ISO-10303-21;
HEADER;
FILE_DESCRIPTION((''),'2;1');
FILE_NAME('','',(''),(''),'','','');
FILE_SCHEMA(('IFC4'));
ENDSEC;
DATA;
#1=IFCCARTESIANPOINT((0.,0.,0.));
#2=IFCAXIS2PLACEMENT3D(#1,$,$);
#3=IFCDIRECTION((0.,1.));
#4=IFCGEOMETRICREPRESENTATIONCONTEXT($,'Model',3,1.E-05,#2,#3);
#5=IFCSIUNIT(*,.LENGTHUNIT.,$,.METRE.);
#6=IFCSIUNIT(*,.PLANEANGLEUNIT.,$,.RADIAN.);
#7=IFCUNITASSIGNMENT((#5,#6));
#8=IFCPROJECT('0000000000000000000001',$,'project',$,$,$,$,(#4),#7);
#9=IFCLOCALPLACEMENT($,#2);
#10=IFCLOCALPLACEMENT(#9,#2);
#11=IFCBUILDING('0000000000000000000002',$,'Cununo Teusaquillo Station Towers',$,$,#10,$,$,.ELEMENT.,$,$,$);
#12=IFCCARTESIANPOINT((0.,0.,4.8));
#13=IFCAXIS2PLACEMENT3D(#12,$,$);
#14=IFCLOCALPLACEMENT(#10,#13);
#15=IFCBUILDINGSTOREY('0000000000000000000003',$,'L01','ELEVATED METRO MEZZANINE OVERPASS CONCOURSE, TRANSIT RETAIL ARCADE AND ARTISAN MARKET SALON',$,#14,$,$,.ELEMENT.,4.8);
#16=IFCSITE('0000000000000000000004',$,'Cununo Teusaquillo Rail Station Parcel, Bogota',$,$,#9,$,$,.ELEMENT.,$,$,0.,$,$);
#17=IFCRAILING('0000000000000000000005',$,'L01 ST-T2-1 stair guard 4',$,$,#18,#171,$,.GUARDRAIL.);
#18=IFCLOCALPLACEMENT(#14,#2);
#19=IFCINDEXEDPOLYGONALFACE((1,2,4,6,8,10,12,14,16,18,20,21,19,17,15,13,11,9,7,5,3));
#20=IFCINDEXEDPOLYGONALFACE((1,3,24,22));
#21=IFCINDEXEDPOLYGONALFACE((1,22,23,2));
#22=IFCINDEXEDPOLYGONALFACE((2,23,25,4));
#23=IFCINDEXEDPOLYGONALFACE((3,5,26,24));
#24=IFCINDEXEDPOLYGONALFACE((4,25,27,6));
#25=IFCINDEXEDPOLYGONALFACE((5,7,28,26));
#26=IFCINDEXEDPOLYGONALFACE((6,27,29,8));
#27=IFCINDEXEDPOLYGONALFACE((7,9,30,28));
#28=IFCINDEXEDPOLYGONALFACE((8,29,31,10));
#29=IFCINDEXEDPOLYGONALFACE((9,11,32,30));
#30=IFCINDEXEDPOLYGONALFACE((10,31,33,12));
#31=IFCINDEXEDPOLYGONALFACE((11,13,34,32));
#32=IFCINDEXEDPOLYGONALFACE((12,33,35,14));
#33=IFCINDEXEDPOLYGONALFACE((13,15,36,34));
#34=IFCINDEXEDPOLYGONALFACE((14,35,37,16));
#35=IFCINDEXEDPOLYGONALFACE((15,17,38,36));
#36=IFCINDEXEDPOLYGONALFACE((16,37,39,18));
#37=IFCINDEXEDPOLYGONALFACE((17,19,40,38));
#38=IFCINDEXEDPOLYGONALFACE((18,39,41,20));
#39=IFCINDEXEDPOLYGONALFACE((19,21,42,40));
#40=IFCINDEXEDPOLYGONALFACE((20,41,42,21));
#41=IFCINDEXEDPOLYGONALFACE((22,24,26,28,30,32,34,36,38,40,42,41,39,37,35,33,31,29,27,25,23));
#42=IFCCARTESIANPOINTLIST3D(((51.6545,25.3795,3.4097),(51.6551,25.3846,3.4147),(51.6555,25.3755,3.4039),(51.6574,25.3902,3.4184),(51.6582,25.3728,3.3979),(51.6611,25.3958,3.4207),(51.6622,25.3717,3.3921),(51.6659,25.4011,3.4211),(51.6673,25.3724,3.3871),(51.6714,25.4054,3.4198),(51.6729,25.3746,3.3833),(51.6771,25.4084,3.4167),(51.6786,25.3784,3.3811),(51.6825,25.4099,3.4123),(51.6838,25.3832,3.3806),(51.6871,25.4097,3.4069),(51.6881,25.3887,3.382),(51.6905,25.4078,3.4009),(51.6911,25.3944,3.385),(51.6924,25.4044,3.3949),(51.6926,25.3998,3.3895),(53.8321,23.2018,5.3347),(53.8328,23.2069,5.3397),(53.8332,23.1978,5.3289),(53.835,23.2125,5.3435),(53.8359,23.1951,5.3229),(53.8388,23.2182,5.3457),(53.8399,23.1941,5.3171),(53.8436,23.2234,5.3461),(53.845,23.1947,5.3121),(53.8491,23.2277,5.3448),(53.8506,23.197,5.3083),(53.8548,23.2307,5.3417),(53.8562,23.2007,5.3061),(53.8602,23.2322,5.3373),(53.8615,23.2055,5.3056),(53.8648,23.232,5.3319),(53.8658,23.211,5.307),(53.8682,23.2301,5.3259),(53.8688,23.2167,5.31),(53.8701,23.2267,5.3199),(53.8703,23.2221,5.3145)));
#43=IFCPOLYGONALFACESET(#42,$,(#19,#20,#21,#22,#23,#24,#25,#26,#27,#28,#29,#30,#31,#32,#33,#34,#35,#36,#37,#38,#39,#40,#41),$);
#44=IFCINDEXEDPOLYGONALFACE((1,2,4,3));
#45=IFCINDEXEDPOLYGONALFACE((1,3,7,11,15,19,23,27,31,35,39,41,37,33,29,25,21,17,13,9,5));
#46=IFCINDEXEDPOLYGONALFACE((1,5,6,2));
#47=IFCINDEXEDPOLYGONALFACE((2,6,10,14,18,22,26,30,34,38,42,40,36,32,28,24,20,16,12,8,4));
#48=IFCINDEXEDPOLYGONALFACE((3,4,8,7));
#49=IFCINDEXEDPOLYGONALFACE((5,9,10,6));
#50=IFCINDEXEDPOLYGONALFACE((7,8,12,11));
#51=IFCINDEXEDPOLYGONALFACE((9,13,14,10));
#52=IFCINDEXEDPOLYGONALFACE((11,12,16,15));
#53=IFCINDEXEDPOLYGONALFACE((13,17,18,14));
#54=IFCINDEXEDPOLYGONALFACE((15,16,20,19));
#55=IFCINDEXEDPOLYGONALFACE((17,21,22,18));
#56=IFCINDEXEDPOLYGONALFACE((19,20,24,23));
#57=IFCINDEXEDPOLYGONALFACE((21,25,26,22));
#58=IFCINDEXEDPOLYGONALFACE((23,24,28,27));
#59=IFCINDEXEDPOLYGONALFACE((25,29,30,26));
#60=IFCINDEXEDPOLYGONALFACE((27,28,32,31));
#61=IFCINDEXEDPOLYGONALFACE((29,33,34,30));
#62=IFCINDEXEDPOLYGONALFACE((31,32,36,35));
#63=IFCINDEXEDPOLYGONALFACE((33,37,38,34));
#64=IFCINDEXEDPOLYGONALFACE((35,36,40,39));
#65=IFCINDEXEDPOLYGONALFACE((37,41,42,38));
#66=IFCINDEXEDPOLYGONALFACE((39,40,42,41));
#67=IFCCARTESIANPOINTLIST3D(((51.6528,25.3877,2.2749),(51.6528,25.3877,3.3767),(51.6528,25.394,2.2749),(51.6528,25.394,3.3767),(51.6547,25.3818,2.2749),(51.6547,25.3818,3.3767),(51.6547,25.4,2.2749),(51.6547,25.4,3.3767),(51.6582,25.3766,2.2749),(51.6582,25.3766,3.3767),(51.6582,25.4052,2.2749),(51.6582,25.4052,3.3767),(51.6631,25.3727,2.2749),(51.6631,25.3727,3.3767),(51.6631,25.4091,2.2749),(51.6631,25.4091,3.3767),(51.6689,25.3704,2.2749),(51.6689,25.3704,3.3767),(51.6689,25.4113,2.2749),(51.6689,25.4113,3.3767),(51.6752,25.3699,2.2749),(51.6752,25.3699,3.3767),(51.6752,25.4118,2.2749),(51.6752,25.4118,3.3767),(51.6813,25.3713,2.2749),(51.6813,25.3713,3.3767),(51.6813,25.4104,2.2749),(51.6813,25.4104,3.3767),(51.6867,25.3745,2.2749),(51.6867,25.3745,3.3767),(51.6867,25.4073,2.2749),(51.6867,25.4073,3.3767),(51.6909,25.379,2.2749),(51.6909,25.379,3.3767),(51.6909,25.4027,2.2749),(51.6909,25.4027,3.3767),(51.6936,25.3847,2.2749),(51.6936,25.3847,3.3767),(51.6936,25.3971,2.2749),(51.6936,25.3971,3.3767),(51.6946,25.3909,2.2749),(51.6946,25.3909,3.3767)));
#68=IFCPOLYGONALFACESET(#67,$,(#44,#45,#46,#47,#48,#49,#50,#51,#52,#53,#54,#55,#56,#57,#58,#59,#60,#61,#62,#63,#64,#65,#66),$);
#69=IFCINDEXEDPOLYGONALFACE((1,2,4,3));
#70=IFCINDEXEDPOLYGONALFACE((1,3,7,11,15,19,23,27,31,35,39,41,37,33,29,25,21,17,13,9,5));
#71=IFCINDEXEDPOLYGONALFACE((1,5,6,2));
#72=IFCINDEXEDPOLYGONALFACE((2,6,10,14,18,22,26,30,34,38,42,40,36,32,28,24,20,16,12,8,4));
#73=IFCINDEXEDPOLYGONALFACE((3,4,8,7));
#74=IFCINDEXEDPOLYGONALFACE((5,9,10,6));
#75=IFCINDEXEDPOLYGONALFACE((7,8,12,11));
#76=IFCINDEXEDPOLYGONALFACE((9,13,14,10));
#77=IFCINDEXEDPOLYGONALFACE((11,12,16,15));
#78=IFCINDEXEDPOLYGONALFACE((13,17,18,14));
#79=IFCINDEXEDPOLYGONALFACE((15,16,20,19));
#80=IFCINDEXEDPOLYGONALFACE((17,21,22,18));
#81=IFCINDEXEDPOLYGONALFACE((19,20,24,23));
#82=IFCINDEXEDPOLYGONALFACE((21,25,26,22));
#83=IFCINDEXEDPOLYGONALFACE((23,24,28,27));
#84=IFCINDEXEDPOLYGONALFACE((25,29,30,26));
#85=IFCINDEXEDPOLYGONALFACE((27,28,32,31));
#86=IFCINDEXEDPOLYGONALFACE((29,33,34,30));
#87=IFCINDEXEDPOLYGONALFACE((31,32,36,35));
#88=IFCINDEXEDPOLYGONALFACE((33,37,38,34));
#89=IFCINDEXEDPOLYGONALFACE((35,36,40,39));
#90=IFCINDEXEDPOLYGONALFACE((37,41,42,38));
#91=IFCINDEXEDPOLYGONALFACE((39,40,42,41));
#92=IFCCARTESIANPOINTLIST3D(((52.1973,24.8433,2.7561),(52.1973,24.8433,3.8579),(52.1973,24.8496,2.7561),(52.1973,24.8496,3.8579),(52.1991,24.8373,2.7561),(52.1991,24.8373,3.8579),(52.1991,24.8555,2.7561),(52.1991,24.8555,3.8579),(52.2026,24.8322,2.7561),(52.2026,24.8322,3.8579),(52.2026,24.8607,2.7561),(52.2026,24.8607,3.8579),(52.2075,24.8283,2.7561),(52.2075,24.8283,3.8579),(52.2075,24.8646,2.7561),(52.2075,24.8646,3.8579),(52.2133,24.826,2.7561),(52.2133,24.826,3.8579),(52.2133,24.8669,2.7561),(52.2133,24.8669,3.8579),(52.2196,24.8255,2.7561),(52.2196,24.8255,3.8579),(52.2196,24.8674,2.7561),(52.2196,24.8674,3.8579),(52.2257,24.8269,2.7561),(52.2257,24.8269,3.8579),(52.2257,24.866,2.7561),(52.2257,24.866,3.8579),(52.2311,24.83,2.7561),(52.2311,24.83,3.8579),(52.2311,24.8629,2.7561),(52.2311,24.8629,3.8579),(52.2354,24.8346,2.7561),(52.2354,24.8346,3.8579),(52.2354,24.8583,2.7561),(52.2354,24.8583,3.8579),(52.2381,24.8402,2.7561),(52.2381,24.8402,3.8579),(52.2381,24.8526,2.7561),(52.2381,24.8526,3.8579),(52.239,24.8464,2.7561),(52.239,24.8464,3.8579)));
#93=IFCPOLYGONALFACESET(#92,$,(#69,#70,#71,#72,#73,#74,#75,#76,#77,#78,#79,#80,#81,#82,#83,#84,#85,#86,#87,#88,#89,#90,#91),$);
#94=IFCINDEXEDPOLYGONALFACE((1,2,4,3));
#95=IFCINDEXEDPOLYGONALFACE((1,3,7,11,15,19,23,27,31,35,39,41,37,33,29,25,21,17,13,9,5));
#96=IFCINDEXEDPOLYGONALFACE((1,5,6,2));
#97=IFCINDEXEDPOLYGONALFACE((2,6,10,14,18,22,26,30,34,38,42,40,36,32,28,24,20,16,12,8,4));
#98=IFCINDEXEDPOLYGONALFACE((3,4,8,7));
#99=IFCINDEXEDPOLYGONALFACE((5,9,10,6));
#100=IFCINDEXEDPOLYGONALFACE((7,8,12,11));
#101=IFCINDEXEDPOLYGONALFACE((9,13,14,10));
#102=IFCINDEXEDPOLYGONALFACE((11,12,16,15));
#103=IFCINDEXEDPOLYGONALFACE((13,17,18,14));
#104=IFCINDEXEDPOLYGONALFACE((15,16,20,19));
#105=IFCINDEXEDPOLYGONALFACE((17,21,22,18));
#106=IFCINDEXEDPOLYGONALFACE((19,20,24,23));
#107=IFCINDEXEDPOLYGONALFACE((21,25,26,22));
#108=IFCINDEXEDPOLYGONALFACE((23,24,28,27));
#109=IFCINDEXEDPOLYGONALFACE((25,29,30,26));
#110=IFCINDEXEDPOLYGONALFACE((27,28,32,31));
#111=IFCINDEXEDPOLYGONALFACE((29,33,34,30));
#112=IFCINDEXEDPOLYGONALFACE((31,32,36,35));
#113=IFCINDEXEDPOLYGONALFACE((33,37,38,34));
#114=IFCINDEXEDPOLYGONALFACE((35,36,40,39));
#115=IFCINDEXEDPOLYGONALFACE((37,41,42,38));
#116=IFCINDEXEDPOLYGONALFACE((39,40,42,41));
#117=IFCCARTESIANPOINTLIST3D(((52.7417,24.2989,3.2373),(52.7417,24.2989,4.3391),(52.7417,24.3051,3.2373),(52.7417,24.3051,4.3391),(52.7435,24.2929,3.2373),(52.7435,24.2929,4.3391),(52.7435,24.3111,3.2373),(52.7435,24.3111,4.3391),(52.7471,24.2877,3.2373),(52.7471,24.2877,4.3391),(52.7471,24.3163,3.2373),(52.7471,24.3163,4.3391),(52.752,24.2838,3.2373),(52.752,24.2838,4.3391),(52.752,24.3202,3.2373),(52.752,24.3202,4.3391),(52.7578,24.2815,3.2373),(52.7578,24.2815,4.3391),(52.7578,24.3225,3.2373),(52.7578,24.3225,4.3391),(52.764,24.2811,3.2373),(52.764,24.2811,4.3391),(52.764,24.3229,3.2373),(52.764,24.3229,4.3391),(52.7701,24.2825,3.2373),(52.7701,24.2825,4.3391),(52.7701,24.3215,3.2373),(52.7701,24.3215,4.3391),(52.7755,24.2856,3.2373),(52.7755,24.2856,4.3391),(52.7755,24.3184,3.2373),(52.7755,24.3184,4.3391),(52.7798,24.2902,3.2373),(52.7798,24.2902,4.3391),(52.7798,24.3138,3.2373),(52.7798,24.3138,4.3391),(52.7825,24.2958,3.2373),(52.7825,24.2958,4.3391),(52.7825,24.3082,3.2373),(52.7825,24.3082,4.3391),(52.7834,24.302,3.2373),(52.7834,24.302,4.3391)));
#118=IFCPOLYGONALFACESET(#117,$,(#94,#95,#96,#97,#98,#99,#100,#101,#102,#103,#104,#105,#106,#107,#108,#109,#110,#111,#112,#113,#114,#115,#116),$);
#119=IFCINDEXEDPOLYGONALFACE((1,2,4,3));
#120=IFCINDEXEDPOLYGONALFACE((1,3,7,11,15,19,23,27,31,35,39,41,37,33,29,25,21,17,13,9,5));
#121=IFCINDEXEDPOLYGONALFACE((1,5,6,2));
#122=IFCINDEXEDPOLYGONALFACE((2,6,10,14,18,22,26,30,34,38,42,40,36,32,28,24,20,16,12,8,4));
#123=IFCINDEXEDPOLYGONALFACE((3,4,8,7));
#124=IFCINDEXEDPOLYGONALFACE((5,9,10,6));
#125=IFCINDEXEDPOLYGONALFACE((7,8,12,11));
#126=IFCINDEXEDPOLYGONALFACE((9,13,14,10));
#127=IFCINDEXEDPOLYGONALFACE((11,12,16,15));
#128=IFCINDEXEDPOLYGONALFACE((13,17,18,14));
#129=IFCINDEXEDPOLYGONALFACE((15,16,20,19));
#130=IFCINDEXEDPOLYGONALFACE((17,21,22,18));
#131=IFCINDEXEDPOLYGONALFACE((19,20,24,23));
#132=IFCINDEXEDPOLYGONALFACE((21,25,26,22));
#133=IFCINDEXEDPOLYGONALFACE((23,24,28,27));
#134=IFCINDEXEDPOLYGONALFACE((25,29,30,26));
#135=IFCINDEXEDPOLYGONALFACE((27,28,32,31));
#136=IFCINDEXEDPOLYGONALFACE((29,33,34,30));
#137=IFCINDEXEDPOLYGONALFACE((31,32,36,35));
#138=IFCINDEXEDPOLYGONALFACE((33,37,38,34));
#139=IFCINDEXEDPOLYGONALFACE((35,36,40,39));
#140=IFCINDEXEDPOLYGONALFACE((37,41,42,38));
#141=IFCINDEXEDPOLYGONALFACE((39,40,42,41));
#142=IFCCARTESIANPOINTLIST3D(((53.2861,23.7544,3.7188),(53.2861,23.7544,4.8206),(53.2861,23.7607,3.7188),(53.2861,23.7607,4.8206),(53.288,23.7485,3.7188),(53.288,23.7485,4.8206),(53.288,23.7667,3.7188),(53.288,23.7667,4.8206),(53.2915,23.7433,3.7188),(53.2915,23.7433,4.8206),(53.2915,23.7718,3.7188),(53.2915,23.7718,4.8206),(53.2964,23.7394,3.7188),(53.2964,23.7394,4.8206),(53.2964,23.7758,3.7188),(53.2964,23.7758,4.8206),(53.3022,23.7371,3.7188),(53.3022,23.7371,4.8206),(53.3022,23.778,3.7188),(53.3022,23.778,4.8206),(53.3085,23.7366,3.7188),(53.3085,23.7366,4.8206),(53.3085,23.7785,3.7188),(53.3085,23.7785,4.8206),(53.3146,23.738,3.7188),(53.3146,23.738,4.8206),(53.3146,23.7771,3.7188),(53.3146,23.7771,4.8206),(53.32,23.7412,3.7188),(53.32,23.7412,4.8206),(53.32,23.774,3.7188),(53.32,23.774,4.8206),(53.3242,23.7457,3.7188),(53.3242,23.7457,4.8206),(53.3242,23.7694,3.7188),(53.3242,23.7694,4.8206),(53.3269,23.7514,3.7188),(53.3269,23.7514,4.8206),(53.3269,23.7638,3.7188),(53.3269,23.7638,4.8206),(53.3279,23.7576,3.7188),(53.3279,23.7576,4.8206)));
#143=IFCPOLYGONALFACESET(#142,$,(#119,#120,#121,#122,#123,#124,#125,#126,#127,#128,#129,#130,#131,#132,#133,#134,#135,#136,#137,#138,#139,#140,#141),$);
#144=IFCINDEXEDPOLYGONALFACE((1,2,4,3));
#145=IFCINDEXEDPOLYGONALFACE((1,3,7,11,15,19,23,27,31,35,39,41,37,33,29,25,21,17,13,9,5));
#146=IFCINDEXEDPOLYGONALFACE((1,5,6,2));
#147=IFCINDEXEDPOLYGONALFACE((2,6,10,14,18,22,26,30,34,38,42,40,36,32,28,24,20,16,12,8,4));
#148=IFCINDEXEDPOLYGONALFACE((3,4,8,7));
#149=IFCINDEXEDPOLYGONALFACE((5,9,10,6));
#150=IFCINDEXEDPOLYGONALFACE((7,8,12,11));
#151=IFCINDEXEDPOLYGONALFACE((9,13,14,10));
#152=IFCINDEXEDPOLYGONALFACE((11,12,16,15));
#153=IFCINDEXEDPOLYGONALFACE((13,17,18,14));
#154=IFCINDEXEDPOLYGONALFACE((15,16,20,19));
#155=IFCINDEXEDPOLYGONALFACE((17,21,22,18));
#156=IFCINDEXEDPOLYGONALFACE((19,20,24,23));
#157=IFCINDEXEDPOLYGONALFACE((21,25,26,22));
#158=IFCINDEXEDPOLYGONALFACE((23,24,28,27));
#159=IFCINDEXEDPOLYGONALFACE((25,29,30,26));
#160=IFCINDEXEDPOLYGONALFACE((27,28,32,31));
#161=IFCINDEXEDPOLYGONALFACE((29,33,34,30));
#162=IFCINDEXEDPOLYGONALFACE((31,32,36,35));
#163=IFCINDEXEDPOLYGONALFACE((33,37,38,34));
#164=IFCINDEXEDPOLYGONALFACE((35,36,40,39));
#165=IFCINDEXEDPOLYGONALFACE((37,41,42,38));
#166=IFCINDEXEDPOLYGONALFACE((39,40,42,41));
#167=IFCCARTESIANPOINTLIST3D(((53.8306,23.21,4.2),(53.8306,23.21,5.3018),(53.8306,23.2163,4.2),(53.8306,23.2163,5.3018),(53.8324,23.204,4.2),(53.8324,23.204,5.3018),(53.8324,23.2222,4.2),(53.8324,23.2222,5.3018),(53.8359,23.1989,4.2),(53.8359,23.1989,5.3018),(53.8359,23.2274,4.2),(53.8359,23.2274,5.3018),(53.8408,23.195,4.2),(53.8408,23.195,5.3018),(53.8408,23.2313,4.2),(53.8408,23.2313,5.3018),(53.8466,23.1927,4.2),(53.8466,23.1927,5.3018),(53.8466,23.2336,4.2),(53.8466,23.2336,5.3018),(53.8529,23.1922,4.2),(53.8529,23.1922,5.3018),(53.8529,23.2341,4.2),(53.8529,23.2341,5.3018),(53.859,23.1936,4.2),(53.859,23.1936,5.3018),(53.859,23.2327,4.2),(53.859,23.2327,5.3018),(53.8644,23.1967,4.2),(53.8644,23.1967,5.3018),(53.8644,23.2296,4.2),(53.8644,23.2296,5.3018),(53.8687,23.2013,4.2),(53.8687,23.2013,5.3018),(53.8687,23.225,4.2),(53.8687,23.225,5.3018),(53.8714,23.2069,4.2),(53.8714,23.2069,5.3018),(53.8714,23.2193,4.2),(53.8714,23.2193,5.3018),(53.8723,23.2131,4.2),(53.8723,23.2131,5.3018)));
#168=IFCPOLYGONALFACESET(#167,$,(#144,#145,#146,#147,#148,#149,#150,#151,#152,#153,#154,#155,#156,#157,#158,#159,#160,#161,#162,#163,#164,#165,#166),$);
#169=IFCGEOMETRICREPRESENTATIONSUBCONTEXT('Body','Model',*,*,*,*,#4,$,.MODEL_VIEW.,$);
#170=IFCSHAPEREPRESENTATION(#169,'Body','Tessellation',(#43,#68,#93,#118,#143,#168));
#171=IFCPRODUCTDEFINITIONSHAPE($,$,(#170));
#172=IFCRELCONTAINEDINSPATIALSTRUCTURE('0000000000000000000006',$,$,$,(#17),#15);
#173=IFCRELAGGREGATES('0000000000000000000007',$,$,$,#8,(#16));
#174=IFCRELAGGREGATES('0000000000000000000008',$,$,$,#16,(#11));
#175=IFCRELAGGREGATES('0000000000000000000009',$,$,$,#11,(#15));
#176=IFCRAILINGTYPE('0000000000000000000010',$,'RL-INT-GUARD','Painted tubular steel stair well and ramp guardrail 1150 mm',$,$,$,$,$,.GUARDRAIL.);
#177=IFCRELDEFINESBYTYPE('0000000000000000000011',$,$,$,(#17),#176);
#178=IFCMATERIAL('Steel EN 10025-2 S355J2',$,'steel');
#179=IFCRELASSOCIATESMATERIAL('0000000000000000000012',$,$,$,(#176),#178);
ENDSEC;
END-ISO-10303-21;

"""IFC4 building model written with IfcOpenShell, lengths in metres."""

from ifc_helpers import new_model, si_unit, direction, frame, origin, origin_2d, place, context, subcontext, project, spatial, circle, extrude, material, type_object, element, save


model = new_model("IFC4")

# Units and contexts
model_context = context("Model", 3, precision=1e-05, world=origin(), true_north=direction((0.0, 1.0)))
body_context = subcontext(model_context, "Body", "Model", "MODEL_VIEW")
ifc_project = project(units=[si_unit("LENGTHUNIT", "METRE"), si_unit("PLANEANGLEUNIT", "RADIAN")], contexts=[model_context])

# Site, building, storey
site_placement = place(None, origin())
site = spatial("IfcSite", under=ifc_project, at=site_placement, Name="Cununo Teusaquillo Rail Station Parcel, Bogota", CompositionType="ELEMENT", RefElevation=0.0)
building_placement = place(site_placement, origin())
building = spatial("IfcBuilding", under=site, at=building_placement, Name="Cununo Teusaquillo Station Towers", CompositionType="ELEMENT")
storey_placement = place(building_placement, frame((0.0, 0.0, 4.8)))
storey = spatial("IfcBuildingStorey", under=building, at=storey_placement, Name="L01", Description="ELEVATED METRO MEZZANINE OVERPASS CONCOURSE, TRANSIT RETAIL ARCADE AND ARTISAN MARKET SALON", CompositionType="ELEMENT", Elevation=4.8)

# Railing
ifc_material_1 = material(Name="Steel EN 10025-2 S355J2", Category="steel")
railing_type_1 = type_object("IfcRailingType", Name="RL-INT-GUARD", Description="Painted tubular steel stair well and ramp guardrail 1150 mm", PredefinedType="GUARDRAIL", material=ifc_material_1)
railing_1_placement = place(storey_placement, frame((51.6736, 25.3909, 2.2749)))
element("IfcRailing", 1, at=railing_1_placement, inside=storey, type_object=railing_type_1, Name="L01 ST-T2-1 stair guard 4", PredefinedType="GUARDRAIL", context=body_context, shape_type="SweptSolid", body=[
    extrude(circle(Radius=0.0239, at=origin_2d()), frame((0.0, 0.0, 1.126), z_axis=(0.599609, -0.599609, 0.530036), x_axis=(0.707107, 0.707107, 0.0)), (0.0, 0.0, 1.0), 3.6318),
    extrude(circle(Radius=0.021, at=origin_2d()), origin(), (0.0, 0.0, 1.0), 1.1018),
    extrude(circle(Radius=0.021, at=origin_2d()), frame((0.5444, -0.5444, 0.4812)), (0.0, 0.0, 1.0), 1.1018),
    extrude(circle(Radius=0.021, at=origin_2d()), frame((1.0889, -1.0889, 0.9624)), (0.0, 0.0, 1.0), 1.1018),
    extrude(circle(Radius=0.021, at=origin_2d()), frame((1.6333, -1.6333, 1.4438)), (0.0, 0.0, 1.0), 1.1018),
    extrude(circle(Radius=0.021, at=origin_2d()), frame((2.1777, -2.1777, 1.925)), (0.0, 0.0, 1.0), 1.1018),
])

save(model, "model.ifc")
